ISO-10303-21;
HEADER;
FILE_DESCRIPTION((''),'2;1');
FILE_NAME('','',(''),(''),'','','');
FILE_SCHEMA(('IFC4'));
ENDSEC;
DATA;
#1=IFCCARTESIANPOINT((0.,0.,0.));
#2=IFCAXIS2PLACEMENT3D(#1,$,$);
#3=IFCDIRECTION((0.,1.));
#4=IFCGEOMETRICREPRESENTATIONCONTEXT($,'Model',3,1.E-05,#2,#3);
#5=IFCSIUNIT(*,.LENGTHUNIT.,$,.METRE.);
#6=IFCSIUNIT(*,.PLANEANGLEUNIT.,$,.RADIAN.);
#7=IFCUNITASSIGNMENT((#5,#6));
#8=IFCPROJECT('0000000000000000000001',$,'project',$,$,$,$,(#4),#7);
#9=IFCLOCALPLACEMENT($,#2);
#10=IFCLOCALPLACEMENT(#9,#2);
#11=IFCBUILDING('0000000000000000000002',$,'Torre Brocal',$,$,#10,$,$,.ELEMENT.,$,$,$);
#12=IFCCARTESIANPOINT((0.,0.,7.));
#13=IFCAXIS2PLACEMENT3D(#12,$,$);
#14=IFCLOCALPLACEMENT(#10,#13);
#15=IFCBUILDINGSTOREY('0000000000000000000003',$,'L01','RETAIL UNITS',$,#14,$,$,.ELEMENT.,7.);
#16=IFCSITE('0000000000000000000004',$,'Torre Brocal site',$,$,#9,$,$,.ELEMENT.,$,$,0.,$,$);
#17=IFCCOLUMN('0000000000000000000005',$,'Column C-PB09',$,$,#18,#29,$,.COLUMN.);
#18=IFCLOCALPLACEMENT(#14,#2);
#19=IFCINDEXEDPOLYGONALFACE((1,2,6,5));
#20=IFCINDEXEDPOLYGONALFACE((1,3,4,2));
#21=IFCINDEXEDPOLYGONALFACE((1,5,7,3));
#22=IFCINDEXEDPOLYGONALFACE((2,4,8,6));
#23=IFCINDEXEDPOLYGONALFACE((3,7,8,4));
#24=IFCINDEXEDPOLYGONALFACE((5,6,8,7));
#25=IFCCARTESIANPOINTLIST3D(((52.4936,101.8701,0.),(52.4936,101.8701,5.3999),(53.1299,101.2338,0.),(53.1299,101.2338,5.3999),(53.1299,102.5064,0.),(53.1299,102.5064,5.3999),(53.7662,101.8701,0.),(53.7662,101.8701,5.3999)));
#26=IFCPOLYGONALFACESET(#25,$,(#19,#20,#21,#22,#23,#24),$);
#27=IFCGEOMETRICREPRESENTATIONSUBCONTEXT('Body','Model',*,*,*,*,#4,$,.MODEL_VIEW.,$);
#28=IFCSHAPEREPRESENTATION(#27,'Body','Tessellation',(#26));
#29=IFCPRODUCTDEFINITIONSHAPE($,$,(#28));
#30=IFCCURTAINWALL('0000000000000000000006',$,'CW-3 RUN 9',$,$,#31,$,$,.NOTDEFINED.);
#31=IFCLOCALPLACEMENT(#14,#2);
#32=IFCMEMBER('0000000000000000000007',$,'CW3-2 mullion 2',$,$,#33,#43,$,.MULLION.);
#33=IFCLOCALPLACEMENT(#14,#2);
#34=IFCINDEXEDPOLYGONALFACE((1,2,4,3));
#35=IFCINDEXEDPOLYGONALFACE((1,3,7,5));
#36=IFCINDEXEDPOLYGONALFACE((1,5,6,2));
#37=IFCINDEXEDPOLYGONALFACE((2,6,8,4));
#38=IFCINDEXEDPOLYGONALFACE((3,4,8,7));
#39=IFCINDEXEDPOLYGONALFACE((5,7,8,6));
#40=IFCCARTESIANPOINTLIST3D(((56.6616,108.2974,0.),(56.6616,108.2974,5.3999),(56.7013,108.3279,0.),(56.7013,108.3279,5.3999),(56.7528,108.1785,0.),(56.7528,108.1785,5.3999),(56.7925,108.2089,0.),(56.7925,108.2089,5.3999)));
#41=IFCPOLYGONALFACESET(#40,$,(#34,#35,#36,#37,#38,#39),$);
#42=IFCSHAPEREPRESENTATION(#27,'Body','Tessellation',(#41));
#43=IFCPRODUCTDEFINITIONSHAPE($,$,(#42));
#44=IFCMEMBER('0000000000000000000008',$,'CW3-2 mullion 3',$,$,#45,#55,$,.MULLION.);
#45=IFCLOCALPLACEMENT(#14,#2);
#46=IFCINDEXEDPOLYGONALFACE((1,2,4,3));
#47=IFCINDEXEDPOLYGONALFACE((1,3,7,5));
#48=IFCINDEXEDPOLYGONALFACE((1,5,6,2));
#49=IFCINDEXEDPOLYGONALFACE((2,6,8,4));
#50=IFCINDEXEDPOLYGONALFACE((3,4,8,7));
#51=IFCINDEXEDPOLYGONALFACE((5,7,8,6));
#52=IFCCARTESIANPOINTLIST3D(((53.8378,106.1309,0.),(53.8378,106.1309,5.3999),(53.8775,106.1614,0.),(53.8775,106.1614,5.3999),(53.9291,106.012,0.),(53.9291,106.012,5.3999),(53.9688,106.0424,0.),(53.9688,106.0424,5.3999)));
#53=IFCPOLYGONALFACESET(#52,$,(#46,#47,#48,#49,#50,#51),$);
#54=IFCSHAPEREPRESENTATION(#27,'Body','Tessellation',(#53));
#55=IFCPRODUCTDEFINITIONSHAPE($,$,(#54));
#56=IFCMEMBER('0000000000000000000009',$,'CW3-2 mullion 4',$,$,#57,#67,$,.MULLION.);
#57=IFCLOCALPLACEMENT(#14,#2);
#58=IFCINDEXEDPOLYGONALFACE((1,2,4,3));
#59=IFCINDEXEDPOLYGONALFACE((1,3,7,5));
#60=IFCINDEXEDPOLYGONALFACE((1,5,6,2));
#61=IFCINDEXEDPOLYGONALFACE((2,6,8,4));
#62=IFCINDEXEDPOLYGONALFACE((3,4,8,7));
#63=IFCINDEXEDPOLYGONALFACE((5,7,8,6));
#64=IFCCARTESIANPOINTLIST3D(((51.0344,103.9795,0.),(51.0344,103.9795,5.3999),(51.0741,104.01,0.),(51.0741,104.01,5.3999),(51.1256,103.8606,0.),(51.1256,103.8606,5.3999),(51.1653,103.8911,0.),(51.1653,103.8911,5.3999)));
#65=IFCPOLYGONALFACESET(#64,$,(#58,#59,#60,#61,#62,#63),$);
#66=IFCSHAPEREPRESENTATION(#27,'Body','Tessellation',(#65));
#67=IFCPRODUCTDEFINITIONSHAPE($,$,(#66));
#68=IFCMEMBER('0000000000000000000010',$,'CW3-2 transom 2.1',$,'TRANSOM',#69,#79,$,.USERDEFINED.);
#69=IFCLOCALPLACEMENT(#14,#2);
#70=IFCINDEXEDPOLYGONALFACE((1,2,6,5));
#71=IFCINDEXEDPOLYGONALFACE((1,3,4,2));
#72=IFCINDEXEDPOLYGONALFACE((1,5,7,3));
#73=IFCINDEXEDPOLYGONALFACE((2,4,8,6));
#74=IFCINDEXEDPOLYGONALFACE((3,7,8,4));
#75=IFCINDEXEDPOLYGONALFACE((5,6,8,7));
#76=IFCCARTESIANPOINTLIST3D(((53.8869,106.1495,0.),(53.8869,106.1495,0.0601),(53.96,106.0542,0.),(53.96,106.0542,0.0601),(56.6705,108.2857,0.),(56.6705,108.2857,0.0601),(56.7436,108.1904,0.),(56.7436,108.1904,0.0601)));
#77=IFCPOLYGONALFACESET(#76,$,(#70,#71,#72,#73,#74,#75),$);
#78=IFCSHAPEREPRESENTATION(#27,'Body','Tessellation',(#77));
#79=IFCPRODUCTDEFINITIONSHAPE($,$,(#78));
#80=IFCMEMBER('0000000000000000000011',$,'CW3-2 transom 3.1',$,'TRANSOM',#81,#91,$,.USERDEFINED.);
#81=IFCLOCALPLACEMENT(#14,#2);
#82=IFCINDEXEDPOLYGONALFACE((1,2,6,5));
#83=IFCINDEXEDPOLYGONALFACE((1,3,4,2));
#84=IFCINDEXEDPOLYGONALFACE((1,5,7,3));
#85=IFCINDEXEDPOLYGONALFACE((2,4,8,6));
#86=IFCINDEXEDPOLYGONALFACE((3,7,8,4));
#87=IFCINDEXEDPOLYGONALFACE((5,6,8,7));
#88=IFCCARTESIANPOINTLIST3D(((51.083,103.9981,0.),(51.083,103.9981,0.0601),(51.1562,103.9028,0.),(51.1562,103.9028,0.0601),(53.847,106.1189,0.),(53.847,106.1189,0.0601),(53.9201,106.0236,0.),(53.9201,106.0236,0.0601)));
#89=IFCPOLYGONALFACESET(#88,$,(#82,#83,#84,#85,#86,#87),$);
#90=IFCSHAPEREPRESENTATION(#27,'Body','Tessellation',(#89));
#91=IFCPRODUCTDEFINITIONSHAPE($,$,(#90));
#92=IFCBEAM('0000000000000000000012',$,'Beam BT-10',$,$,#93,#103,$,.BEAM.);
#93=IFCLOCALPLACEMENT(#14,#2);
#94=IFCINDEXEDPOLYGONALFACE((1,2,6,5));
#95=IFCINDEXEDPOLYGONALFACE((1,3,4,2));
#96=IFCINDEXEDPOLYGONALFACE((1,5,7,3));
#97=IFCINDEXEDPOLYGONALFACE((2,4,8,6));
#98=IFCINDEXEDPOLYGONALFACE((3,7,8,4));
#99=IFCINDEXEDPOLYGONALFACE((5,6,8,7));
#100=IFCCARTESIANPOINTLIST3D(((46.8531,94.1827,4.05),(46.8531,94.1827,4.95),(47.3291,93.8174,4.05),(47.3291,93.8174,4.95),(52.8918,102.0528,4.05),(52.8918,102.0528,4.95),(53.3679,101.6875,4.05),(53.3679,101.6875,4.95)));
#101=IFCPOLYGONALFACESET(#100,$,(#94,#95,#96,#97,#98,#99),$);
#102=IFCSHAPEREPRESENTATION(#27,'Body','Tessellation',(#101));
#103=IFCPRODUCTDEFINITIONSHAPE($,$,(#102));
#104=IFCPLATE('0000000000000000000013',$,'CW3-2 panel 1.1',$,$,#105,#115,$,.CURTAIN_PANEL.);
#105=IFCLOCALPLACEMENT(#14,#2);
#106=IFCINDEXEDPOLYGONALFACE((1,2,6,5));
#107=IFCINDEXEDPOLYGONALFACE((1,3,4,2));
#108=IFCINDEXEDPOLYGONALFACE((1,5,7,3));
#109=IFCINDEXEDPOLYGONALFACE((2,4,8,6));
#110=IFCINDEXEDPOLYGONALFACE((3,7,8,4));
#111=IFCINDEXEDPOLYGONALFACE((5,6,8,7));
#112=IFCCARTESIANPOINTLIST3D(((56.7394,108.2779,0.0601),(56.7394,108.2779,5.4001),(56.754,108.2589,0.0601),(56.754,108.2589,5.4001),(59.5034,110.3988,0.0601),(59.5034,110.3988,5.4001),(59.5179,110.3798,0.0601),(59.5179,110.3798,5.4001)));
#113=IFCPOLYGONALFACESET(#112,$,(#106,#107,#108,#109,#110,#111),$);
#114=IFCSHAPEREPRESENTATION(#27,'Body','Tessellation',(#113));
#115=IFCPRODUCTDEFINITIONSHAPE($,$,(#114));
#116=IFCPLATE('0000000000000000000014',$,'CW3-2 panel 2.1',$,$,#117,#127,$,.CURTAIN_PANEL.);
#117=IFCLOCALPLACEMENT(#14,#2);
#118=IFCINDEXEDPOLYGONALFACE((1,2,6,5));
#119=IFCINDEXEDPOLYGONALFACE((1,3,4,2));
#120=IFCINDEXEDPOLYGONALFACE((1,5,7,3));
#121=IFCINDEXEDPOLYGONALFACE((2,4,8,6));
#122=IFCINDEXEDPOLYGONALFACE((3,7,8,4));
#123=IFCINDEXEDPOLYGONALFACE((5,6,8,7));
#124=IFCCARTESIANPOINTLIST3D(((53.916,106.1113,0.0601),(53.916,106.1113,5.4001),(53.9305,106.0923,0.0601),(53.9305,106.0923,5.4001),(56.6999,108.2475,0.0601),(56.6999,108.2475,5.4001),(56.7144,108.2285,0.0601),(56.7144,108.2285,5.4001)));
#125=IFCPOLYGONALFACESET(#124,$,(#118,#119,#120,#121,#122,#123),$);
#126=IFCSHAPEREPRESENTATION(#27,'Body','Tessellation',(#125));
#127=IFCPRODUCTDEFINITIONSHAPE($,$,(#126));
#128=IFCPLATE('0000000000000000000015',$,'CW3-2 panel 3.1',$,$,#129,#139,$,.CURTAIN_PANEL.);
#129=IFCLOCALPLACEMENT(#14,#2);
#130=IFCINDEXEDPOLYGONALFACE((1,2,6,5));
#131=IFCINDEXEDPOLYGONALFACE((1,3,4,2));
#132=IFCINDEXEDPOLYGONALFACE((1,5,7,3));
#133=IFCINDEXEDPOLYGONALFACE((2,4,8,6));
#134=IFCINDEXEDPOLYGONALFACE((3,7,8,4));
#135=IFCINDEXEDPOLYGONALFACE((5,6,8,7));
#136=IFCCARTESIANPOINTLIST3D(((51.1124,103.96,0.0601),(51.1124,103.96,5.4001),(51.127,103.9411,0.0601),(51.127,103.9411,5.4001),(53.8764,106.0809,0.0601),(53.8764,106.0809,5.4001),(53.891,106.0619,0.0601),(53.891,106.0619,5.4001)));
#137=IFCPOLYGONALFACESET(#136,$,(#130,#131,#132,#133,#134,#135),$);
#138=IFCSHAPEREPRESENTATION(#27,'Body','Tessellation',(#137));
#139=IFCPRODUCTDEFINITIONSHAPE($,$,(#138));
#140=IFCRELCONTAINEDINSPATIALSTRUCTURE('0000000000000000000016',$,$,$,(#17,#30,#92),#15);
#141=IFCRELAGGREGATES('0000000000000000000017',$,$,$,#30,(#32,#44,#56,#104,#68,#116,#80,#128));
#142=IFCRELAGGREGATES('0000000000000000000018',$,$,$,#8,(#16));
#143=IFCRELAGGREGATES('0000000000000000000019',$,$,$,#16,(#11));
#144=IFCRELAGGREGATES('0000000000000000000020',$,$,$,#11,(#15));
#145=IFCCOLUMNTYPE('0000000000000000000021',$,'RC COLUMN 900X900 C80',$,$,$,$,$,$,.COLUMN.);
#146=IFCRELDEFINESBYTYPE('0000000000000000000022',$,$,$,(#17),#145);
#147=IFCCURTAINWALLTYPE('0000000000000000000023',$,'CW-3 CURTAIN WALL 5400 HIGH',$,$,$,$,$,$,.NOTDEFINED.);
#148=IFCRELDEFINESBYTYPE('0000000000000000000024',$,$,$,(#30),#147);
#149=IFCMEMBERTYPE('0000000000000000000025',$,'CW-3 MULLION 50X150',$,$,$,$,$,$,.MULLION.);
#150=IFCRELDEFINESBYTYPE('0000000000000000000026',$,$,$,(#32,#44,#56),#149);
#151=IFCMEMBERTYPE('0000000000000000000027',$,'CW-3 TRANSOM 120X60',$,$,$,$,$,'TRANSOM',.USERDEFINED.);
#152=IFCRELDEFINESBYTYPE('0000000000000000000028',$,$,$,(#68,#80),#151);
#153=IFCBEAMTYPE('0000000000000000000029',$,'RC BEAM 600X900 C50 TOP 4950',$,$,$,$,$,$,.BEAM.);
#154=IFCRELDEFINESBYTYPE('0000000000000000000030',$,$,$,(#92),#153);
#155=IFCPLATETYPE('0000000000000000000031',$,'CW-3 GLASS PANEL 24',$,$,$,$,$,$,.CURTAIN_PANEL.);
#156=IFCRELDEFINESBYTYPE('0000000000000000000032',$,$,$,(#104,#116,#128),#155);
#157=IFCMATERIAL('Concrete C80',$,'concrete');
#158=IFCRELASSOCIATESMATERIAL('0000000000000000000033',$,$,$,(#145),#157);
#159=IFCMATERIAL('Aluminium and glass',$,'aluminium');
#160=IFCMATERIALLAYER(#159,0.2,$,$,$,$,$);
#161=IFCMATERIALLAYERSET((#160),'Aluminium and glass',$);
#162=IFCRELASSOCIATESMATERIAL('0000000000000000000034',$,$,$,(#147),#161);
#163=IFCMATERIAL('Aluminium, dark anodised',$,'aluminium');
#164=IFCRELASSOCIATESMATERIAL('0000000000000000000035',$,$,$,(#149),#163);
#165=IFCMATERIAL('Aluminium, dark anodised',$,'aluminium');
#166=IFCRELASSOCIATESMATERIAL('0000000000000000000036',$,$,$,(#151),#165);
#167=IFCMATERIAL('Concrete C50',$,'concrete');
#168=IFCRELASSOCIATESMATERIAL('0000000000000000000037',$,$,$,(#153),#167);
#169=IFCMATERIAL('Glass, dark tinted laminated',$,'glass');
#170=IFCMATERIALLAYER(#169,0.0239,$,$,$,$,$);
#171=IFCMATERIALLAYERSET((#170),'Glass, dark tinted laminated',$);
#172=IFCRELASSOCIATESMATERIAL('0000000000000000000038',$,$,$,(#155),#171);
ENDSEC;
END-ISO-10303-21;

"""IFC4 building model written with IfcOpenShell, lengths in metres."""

from ifc_helpers import new_model, si_unit, direction, frame, origin, origin_2d, place, context, subcontext, project, spatial, rectangle, extrude, material, layer, layer_set, material_profile, profile_set, type_object, element, aggregate, save


model = new_model("IFC4")

# Units and contexts
model_context = context("Model", 3, precision=1e-05, world=origin(), true_north=direction((0.0, 1.0)))
body_context = subcontext(model_context, "Body", "Model", "MODEL_VIEW")
ifc_project = project(units=[si_unit("LENGTHUNIT", "METRE"), si_unit("PLANEANGLEUNIT", "RADIAN")], contexts=[model_context])

# Site, building, storey
site_placement = place(None, origin())
site = spatial("IfcSite", under=ifc_project, at=site_placement, Name="Torre Brocal site", CompositionType="ELEMENT", RefElevation=0.0)
building_placement = place(site_placement, origin())
building = spatial("IfcBuilding", under=site, at=building_placement, Name="Torre Brocal", CompositionType="ELEMENT")
storey_placement = place(building_placement, frame((0.0, 0.0, 7.0)))
storey = spatial("IfcBuildingStorey", under=building, at=storey_placement, Name="L01", Description="RETAIL UNITS", CompositionType="ELEMENT", Elevation=7.0)

# Column
ifc_material_1 = material(Name="Concrete C80", Category="concrete")
ifc_material_profile_1 = material_profile(ifc_material_1, rectangle(XDim=0.8999, YDim=0.8999, at=origin_2d()), Name="RC 900X900")
ifc_profile_set_1 = profile_set([ifc_material_profile_1], Name="Concrete C80")
column_type = type_object("IfcColumnType", Name="RC COLUMN 900X900 C80", PredefinedType="COLUMN", material=ifc_profile_set_1)
column_placement = place(storey_placement, frame((53.1299, 101.8701, 0.0), z_axis=(0.0, 0.0, 1.0), x_axis=(-0.707107, 0.707107, 0.0)))
element("IfcColumn", 1, at=column_placement, inside=storey, type_object=column_type, Name="Column C-PB09", PredefinedType="COLUMN", context=body_context, shape_type="SweptSolid", body=[
    extrude(rectangle(XDim=0.8999, YDim=0.8999, at=origin_2d()), origin(), (0.0, 0.0, 1.0), 5.3999),
])

# Curtain wall, members
ifc_material_2 = material(Name="Aluminium and glass", Category="aluminium")
ifc_layer_1 = layer(ifc_material_2, 0.2)
ifc_layer_set_1 = layer_set([ifc_layer_1], Name="Aluminium and glass")
curtain_wall_type = type_object("IfcCurtainWallType", Name="CW-3 CURTAIN WALL 5400 HIGH", PredefinedType="NOTDEFINED", material=ifc_layer_set_1)
curtain_wall_placement = place(storey_placement, origin())
curtain_wall = element("IfcCurtainWall", 2, at=curtain_wall_placement, inside=storey, type_object=curtain_wall_type, Name="CW-3 RUN 9", PredefinedType="NOTDEFINED")
ifc_material_3 = material(Name="Aluminium, dark anodised", Category="aluminium")
ifc_material_profile_2 = material_profile(ifc_material_3, rectangle(XDim=0.1499, YDim=0.05, at=origin_2d()), Name="CW-3 MULLION 50X150")
ifc_profile_set_2 = profile_set([ifc_material_profile_2], Name="Aluminium, dark anodised")
member_type_1 = type_object("IfcMemberType", Name="CW-3 MULLION 50X150", PredefinedType="MULLION", material=ifc_profile_set_2)
member_1_placement = place(storey_placement, frame((56.7271, 108.2532, 0.0), z_axis=(0.0, 0.0, 1.0), x_axis=(0.608761, -0.793353, 0.0)))
member_1 = element("IfcMember", 3, at=member_1_placement, type_object=member_type_1, Name="CW3-2 mullion 2", PredefinedType="MULLION", context=body_context, shape_type="SweptSolid", body=[
    extrude(rectangle(XDim=0.1499, YDim=0.05, at=origin_2d()), origin(), (0.0, 0.0, 1.0), 5.3999),
])
member_2_placement = place(storey_placement, frame((53.9033, 106.0867, 0.0), z_axis=(0.0, 0.0, 1.0), x_axis=(0.608761, -0.793353, 0.0)))
member_2 = element("IfcMember", 4, at=member_2_placement, type_object=member_type_1, Name="CW3-2 mullion 3", PredefinedType="MULLION", context=body_context, shape_type="SweptSolid", body=[
    extrude(rectangle(XDim=0.1499, YDim=0.05, at=origin_2d()), origin(), (0.0, 0.0, 1.0), 5.3999),
])
member_3_placement = place(storey_placement, frame((51.0999, 103.9353, 0.0), z_axis=(0.0, 0.0, 1.0), x_axis=(0.608761, -0.793353, 0.0)))
member_3 = element("IfcMember", 5, at=member_3_placement, type_object=member_type_1, Name="CW3-2 mullion 4", PredefinedType="MULLION", context=body_context, shape_type="SweptSolid", body=[
    extrude(rectangle(XDim=0.1499, YDim=0.05, at=origin_2d()), origin(), (0.0, 0.0, 1.0), 5.3999),
])
ifc_material_4 = material(Name="Aluminium, dark anodised", Category="aluminium")
ifc_material_profile_3 = material_profile(ifc_material_4, rectangle(XDim=0.1201, YDim=0.0601, at=origin_2d()), Name="CW-3 TRANSOM 120X60")
ifc_profile_set_3 = profile_set([ifc_material_profile_3], Name="Aluminium, dark anodised")
member_type_2 = type_object("IfcMemberType", Name="CW-3 TRANSOM 120X60", ElementType="TRANSOM", PredefinedType="USERDEFINED", material=ifc_profile_set_3)
member_4_placement = place(storey_placement, frame((56.707, 108.238, 0.03), z_axis=(-0.793322, -0.608802, 0.0), x_axis=(0.608802, -0.793322, 0.0)))
member_4 = element("IfcMember", 6, at=member_4_placement, type_object=member_type_2, Name="CW3-2 transom 2.1", ObjectType="TRANSOM", PredefinedType="USERDEFINED", context=body_context, shape_type="SweptSolid", body=[
    extrude(rectangle(XDim=0.1201, YDim=0.0601, at=origin_2d()), origin(), (0.0, 0.0, 1.0), 3.5088),
])
member_5_placement = place(storey_placement, frame((53.8835, 106.0713, 0.03), z_axis=(-0.79335, -0.608765, 0.0), x_axis=(0.608765, -0.79335, 0.0)))
member_5 = element("IfcMember", 7, at=member_5_placement, type_object=member_type_2, Name="CW3-2 transom 3.1", ObjectType="TRANSOM", PredefinedType="USERDEFINED", context=body_context, shape_type="SweptSolid", body=[
    extrude(rectangle(XDim=0.1201, YDim=0.0601, at=origin_2d()), origin(), (0.0, 0.0, 1.0), 3.4839),
])

# Beam
ifc_material_5 = material(Name="Concrete C50", Category="concrete")
ifc_material_profile_4 = material_profile(ifc_material_5, rectangle(XDim=0.6001, YDim=0.8999, at=origin_2d()), Name="RC 600X900")
ifc_profile_set_4 = profile_set([ifc_material_profile_4], Name="Concrete C50")
beam_type = type_object("IfcBeamType", Name="RC BEAM 600X900 C50 TOP 4950", PredefinedType="BEAM", material=ifc_profile_set_4)
beam_placement = place(storey_placement, frame((53.1299, 101.8701, 4.5), z_axis=(-0.608753, -0.79336, 0.0), x_axis=(0.79336, -0.608753, 0.0)))
element("IfcBeam", 8, at=beam_placement, inside=storey, type_object=beam_type, Name="Beam BT-10", PredefinedType="BEAM", context=body_context, shape_type="SweptSolid", body=[
    extrude(rectangle(XDim=0.6001, YDim=0.8999, at=origin_2d()), origin(), (0.0, 0.0, 1.0), 9.9199),
])

# Plates
ifc_material_6 = material(Name="Glass, dark tinted laminated", Category="glass")
ifc_layer_2 = layer(ifc_material_6, 0.0239)
ifc_layer_set_2 = layer_set([ifc_layer_2], Name="Glass, dark tinted laminated")
plate_type = type_object("IfcPlateType", Name="CW-3 GLASS PANEL 24", PredefinedType="CURTAIN_PANEL", material=ifc_layer_set_2)
plate_1_placement = place(storey_placement, frame((58.1287, 109.3289, 0.0601), z_axis=(0.0, 0.0, 1.0), x_axis=(-0.793353, -0.608761, 0.0)))
plate_1 = element("IfcPlate", 9, at=plate_1_placement, type_object=plate_type, Name="CW3-2 panel 1.1", PredefinedType="CURTAIN_PANEL", context=body_context, shape_type="SweptSolid", body=[
    extrude(rectangle(XDim=3.4839, YDim=0.0239, at=origin_2d()), origin(), (0.0, 0.0, 1.0), 5.3401),
])
plate_2_placement = place(storey_placement, frame((55.3152, 107.1699, 0.0601), z_axis=(0.0, 0.0, 1.0), x_axis=(-0.793353, -0.608761, 0.0)))
plate_2 = element("IfcPlate", 10, at=plate_2_placement, type_object=plate_type, Name="CW3-2 panel 2.1", PredefinedType="CURTAIN_PANEL", context=body_context, shape_type="SweptSolid", body=[
    extrude(rectangle(XDim=3.509, YDim=0.0239, at=origin_2d()), origin(), (0.0, 0.0, 1.0), 5.3401),
])
plate_3_placement = place(storey_placement, frame((52.5017, 105.011, 0.0601), z_axis=(0.0, 0.0, 1.0), x_axis=(-0.793353, -0.608761, 0.0)))
plate_3 = element("IfcPlate", 11, at=plate_3_placement, type_object=plate_type, Name="CW3-2 panel 3.1", PredefinedType="CURTAIN_PANEL", context=body_context, shape_type="SweptSolid", body=[
    extrude(rectangle(XDim=3.4839, YDim=0.0239, at=origin_2d()), origin(), (0.0, 0.0, 1.0), 5.3401),
])
aggregate(curtain_wall, [member_1, member_2, member_3, plate_1, member_4, plate_2, member_5, plate_3])

save(model, "model.ifc")
